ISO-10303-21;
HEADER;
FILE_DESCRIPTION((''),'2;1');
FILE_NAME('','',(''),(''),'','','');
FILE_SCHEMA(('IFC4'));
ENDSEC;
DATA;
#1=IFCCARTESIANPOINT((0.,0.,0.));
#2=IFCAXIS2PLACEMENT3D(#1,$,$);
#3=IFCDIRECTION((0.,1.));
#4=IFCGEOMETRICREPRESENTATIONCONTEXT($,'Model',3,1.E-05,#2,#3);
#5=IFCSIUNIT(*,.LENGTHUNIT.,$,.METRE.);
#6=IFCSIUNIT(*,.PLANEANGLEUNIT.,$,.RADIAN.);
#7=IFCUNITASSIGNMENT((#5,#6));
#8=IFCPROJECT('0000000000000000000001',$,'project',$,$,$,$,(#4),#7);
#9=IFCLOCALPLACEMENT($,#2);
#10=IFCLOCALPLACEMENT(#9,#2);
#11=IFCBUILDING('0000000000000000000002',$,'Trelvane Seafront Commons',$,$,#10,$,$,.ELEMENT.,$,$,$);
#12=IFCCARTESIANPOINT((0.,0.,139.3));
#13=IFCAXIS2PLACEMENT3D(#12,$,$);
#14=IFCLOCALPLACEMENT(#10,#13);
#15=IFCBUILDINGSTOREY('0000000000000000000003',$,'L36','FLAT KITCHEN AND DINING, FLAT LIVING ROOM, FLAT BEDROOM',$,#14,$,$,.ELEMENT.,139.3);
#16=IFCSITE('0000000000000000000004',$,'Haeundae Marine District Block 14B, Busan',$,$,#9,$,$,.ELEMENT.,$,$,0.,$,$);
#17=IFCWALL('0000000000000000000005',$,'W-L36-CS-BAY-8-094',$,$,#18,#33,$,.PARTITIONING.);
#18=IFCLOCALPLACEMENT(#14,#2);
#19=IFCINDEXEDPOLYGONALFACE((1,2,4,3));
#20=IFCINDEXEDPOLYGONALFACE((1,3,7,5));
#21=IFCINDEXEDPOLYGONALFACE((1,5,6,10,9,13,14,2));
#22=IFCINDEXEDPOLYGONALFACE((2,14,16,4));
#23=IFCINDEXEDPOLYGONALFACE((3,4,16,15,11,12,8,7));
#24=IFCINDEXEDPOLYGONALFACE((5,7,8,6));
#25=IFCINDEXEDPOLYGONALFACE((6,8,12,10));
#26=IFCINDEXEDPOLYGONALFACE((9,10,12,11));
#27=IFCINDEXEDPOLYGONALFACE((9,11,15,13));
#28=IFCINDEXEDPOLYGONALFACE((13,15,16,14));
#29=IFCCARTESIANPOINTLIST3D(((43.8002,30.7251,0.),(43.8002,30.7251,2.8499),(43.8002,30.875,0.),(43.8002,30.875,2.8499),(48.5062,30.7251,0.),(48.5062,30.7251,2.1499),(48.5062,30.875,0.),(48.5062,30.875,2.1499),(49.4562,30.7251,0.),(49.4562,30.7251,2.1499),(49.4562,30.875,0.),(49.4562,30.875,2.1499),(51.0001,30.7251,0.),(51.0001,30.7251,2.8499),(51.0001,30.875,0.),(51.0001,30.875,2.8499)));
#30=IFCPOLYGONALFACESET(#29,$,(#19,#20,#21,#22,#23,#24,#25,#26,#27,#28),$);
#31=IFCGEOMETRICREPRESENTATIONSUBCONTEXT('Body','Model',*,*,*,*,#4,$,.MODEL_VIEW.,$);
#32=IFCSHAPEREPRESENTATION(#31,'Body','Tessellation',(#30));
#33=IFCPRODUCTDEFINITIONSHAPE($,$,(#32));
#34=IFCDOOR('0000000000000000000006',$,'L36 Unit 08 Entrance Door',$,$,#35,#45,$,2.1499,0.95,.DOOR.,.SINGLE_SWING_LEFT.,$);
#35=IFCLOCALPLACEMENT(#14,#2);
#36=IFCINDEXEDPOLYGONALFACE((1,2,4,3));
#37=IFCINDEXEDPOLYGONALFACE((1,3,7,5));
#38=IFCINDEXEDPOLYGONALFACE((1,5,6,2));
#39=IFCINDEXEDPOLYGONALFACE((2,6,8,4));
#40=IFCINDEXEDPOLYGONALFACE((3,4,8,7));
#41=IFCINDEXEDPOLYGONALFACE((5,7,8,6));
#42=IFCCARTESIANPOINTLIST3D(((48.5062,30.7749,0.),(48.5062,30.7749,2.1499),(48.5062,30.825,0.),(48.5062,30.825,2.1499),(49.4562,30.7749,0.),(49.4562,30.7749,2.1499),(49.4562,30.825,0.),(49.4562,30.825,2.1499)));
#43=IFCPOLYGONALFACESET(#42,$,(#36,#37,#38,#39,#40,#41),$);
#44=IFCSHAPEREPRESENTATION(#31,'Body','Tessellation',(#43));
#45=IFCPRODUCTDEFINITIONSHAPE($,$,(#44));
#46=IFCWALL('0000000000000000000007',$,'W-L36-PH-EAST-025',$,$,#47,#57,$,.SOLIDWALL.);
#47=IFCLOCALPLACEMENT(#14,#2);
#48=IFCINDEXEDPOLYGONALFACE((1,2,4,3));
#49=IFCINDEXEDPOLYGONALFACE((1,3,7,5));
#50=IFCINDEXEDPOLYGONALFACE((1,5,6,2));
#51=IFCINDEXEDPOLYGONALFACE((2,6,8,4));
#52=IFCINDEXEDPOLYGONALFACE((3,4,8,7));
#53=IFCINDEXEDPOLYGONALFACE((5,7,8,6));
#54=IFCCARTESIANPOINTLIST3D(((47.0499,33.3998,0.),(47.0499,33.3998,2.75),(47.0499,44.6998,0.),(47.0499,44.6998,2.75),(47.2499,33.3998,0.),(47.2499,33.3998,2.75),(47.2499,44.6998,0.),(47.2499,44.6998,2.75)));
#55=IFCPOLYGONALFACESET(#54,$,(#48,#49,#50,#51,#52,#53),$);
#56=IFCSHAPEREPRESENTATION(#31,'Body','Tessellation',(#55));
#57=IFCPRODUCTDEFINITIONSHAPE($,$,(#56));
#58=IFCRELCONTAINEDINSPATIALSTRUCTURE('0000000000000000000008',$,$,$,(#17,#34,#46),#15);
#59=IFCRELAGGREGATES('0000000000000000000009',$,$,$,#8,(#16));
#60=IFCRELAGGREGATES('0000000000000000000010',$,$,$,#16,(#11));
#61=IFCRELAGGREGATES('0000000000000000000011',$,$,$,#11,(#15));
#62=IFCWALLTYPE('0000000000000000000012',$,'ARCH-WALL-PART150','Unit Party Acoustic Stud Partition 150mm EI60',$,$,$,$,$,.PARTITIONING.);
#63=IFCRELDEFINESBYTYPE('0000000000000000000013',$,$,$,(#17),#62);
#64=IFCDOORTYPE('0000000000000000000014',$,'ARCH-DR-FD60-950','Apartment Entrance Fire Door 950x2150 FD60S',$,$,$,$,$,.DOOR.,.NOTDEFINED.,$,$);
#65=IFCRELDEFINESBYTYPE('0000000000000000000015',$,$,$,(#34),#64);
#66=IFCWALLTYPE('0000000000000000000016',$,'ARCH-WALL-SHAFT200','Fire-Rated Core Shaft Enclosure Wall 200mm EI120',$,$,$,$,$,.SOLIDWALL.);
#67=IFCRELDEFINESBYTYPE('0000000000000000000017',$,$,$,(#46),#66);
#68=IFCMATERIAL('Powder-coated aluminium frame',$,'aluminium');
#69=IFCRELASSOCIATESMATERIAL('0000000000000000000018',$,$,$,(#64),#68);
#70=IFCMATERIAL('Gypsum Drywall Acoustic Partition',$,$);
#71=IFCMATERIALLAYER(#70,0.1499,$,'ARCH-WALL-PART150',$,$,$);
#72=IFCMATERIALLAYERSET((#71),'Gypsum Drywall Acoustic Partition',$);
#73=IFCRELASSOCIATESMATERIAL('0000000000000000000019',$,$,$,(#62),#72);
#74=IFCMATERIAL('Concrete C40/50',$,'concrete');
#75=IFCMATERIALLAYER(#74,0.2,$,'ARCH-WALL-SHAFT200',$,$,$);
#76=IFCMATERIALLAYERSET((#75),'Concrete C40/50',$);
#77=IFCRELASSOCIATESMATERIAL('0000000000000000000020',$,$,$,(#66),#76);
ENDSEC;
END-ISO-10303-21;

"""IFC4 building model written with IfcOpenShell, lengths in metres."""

from ifc_helpers import new_model, si_unit, direction, frame, frame_2d, origin, place, context, subcontext, project, spatial, rectangle, extrude, source, transform, mapped, material, layer, layer_set, type_object, element, fill, save


model = new_model("IFC4")

# Units and contexts
model_context = context("Model", 3, precision=1e-05, world=origin(), true_north=direction((0.0, 1.0)))
body_context = subcontext(model_context, "Body", "Model", "MODEL_VIEW")
ifc_project = project(units=[si_unit("LENGTHUNIT", "METRE"), si_unit("PLANEANGLEUNIT", "RADIAN")], contexts=[model_context])

# Site, building, storey
site_placement = place(None, origin())
site = spatial("IfcSite", under=ifc_project, at=site_placement, Name="Haeundae Marine District Block 14B, Busan", CompositionType="ELEMENT", RefElevation=0.0)
building_placement = place(site_placement, origin())
building = spatial("IfcBuilding", under=site, at=building_placement, Name="Trelvane Seafront Commons", CompositionType="ELEMENT")
storey_placement = place(building_placement, frame((0.0, 0.0, 139.3)))
storey = spatial("IfcBuildingStorey", under=building, at=storey_placement, Name="L36", Description="FLAT KITCHEN AND DINING, FLAT LIVING ROOM, FLAT BEDROOM", CompositionType="ELEMENT", Elevation=139.3)

# Shared definitions
ifc_material_1 = material(Name="Concrete C40/50", Category="concrete")
ifc_material_2 = material(Name="Powder-coated aluminium frame", Category="aluminium")
door_type_1 = type_object("IfcDoorType", Name="ARCH-DR-FD60-950", Description="Apartment Entrance Fire Door 950x2150 FD60S", OperationType="NOTDEFINED", PredefinedType="DOOR", material=ifc_material_2)
shared_shape_1 = source(origin(), body_context, "Body", "SweptSolid", [
    extrude(rectangle(XDim=0.95, YDim=2.1499, at=frame_2d((0.4751, 1.075))), frame((0.0, 0.0249, 0.0), z_axis=(0.0, -1.0, 0.0), x_axis=(1.0, 0.0, 0.0)), (0.0, 0.0, 1.0), 0.05),
])

# Shared definitions
ifc_material_3 = material(Name="Gypsum Drywall Acoustic Partition")

# Wall, opening, door
ifc_layer_1 = layer(ifc_material_3, 0.1499, Name="ARCH-WALL-PART150")
ifc_layer_set_1 = layer_set([ifc_layer_1], Name="Gypsum Drywall Acoustic Partition")
wall_type_1 = type_object("IfcWallType", Name="ARCH-WALL-PART150", Description="Unit Party Acoustic Stud Partition 150mm EI60", PredefinedType="PARTITIONING", material=ifc_layer_set_1)
wall_1_placement = place(storey_placement, frame((43.8, 30.8, 0.0), z_axis=(0.0, 0.0, 1.0), x_axis=(1.0, 0.0, 0.0)))
wall_1 = element("IfcWall", 1, at=wall_1_placement, inside=storey, type_object=wall_type_1, Name="W-L36-CS-BAY-8-094", PredefinedType="PARTITIONING", context=body_context, shape_type="SweptSolid", body=[
    extrude(rectangle(XDim=7.2, YDim=0.1499, at=frame_2d((3.6001, 0.0))), origin(), (0.0, 0.0, 1.0), 2.8499),
])
opening_1_placement = place(wall_1_placement, frame((4.7061, 0.0, 0.0)))
opening_1 = element("IfcOpeningElement", 2, at=opening_1_placement, cuts=wall_1, PredefinedType="OPENING", context=body_context, shape_type="SweptSolid", body=[
    extrude(rectangle(XDim=0.95, YDim=2.1499, at=frame_2d((0.4751, 1.075))), frame((0.0, 0.085, 0.0), z_axis=(0.0, -1.0, 0.0), x_axis=(1.0, 0.0, 0.0)), (0.0, 0.0, 1.0), 0.1699),
])
door_1_placement = place(opening_1_placement, origin())
door_1 = element("IfcDoor", 3, at=door_1_placement, inside=storey, type_object=door_type_1, Name="L36 Unit 08 Entrance Door", OperationType="SINGLE_SWING_LEFT", OverallHeight=2.1499, OverallWidth=0.95, PredefinedType="DOOR", context=body_context, shape_type="MappedRepresentation", body=[
    mapped(shared_shape_1, transform((0.0, 0.0, 0.0), x_axis=(1.0, 0.0, 0.0), y_axis=(0.0, 1.0, 0.0), z_axis=(0.0, 0.0, 1.0), scale=1.0)),
])
fill(opening_1, door_1)

# Wall
ifc_layer_2 = layer(ifc_material_1, 0.2, Name="ARCH-WALL-SHAFT200")
ifc_layer_set_2 = layer_set([ifc_layer_2], Name="Concrete C40/50")
wall_type_2 = type_object("IfcWallType", Name="ARCH-WALL-SHAFT200", Description="Fire-Rated Core Shaft Enclosure Wall 200mm EI120", PredefinedType="SOLIDWALL", material=ifc_layer_set_2)
wall_2_placement = place(storey_placement, frame((47.1499, 33.3999, 0.0), z_axis=(0.0, 0.0, 1.0), x_axis=(0.0, 1.0, 0.0)))
element("IfcWall", 4, at=wall_2_placement, inside=storey, type_object=wall_type_2, Name="W-L36-PH-EAST-025", PredefinedType="SOLIDWALL", context=body_context, shape_type="SweptSolid", body=[
    extrude(rectangle(XDim=11.3, YDim=0.2, at=frame_2d((5.6499, 0.0))), origin(), (0.0, 0.0, 1.0), 2.75),
])

save(model, "model.ifc")
